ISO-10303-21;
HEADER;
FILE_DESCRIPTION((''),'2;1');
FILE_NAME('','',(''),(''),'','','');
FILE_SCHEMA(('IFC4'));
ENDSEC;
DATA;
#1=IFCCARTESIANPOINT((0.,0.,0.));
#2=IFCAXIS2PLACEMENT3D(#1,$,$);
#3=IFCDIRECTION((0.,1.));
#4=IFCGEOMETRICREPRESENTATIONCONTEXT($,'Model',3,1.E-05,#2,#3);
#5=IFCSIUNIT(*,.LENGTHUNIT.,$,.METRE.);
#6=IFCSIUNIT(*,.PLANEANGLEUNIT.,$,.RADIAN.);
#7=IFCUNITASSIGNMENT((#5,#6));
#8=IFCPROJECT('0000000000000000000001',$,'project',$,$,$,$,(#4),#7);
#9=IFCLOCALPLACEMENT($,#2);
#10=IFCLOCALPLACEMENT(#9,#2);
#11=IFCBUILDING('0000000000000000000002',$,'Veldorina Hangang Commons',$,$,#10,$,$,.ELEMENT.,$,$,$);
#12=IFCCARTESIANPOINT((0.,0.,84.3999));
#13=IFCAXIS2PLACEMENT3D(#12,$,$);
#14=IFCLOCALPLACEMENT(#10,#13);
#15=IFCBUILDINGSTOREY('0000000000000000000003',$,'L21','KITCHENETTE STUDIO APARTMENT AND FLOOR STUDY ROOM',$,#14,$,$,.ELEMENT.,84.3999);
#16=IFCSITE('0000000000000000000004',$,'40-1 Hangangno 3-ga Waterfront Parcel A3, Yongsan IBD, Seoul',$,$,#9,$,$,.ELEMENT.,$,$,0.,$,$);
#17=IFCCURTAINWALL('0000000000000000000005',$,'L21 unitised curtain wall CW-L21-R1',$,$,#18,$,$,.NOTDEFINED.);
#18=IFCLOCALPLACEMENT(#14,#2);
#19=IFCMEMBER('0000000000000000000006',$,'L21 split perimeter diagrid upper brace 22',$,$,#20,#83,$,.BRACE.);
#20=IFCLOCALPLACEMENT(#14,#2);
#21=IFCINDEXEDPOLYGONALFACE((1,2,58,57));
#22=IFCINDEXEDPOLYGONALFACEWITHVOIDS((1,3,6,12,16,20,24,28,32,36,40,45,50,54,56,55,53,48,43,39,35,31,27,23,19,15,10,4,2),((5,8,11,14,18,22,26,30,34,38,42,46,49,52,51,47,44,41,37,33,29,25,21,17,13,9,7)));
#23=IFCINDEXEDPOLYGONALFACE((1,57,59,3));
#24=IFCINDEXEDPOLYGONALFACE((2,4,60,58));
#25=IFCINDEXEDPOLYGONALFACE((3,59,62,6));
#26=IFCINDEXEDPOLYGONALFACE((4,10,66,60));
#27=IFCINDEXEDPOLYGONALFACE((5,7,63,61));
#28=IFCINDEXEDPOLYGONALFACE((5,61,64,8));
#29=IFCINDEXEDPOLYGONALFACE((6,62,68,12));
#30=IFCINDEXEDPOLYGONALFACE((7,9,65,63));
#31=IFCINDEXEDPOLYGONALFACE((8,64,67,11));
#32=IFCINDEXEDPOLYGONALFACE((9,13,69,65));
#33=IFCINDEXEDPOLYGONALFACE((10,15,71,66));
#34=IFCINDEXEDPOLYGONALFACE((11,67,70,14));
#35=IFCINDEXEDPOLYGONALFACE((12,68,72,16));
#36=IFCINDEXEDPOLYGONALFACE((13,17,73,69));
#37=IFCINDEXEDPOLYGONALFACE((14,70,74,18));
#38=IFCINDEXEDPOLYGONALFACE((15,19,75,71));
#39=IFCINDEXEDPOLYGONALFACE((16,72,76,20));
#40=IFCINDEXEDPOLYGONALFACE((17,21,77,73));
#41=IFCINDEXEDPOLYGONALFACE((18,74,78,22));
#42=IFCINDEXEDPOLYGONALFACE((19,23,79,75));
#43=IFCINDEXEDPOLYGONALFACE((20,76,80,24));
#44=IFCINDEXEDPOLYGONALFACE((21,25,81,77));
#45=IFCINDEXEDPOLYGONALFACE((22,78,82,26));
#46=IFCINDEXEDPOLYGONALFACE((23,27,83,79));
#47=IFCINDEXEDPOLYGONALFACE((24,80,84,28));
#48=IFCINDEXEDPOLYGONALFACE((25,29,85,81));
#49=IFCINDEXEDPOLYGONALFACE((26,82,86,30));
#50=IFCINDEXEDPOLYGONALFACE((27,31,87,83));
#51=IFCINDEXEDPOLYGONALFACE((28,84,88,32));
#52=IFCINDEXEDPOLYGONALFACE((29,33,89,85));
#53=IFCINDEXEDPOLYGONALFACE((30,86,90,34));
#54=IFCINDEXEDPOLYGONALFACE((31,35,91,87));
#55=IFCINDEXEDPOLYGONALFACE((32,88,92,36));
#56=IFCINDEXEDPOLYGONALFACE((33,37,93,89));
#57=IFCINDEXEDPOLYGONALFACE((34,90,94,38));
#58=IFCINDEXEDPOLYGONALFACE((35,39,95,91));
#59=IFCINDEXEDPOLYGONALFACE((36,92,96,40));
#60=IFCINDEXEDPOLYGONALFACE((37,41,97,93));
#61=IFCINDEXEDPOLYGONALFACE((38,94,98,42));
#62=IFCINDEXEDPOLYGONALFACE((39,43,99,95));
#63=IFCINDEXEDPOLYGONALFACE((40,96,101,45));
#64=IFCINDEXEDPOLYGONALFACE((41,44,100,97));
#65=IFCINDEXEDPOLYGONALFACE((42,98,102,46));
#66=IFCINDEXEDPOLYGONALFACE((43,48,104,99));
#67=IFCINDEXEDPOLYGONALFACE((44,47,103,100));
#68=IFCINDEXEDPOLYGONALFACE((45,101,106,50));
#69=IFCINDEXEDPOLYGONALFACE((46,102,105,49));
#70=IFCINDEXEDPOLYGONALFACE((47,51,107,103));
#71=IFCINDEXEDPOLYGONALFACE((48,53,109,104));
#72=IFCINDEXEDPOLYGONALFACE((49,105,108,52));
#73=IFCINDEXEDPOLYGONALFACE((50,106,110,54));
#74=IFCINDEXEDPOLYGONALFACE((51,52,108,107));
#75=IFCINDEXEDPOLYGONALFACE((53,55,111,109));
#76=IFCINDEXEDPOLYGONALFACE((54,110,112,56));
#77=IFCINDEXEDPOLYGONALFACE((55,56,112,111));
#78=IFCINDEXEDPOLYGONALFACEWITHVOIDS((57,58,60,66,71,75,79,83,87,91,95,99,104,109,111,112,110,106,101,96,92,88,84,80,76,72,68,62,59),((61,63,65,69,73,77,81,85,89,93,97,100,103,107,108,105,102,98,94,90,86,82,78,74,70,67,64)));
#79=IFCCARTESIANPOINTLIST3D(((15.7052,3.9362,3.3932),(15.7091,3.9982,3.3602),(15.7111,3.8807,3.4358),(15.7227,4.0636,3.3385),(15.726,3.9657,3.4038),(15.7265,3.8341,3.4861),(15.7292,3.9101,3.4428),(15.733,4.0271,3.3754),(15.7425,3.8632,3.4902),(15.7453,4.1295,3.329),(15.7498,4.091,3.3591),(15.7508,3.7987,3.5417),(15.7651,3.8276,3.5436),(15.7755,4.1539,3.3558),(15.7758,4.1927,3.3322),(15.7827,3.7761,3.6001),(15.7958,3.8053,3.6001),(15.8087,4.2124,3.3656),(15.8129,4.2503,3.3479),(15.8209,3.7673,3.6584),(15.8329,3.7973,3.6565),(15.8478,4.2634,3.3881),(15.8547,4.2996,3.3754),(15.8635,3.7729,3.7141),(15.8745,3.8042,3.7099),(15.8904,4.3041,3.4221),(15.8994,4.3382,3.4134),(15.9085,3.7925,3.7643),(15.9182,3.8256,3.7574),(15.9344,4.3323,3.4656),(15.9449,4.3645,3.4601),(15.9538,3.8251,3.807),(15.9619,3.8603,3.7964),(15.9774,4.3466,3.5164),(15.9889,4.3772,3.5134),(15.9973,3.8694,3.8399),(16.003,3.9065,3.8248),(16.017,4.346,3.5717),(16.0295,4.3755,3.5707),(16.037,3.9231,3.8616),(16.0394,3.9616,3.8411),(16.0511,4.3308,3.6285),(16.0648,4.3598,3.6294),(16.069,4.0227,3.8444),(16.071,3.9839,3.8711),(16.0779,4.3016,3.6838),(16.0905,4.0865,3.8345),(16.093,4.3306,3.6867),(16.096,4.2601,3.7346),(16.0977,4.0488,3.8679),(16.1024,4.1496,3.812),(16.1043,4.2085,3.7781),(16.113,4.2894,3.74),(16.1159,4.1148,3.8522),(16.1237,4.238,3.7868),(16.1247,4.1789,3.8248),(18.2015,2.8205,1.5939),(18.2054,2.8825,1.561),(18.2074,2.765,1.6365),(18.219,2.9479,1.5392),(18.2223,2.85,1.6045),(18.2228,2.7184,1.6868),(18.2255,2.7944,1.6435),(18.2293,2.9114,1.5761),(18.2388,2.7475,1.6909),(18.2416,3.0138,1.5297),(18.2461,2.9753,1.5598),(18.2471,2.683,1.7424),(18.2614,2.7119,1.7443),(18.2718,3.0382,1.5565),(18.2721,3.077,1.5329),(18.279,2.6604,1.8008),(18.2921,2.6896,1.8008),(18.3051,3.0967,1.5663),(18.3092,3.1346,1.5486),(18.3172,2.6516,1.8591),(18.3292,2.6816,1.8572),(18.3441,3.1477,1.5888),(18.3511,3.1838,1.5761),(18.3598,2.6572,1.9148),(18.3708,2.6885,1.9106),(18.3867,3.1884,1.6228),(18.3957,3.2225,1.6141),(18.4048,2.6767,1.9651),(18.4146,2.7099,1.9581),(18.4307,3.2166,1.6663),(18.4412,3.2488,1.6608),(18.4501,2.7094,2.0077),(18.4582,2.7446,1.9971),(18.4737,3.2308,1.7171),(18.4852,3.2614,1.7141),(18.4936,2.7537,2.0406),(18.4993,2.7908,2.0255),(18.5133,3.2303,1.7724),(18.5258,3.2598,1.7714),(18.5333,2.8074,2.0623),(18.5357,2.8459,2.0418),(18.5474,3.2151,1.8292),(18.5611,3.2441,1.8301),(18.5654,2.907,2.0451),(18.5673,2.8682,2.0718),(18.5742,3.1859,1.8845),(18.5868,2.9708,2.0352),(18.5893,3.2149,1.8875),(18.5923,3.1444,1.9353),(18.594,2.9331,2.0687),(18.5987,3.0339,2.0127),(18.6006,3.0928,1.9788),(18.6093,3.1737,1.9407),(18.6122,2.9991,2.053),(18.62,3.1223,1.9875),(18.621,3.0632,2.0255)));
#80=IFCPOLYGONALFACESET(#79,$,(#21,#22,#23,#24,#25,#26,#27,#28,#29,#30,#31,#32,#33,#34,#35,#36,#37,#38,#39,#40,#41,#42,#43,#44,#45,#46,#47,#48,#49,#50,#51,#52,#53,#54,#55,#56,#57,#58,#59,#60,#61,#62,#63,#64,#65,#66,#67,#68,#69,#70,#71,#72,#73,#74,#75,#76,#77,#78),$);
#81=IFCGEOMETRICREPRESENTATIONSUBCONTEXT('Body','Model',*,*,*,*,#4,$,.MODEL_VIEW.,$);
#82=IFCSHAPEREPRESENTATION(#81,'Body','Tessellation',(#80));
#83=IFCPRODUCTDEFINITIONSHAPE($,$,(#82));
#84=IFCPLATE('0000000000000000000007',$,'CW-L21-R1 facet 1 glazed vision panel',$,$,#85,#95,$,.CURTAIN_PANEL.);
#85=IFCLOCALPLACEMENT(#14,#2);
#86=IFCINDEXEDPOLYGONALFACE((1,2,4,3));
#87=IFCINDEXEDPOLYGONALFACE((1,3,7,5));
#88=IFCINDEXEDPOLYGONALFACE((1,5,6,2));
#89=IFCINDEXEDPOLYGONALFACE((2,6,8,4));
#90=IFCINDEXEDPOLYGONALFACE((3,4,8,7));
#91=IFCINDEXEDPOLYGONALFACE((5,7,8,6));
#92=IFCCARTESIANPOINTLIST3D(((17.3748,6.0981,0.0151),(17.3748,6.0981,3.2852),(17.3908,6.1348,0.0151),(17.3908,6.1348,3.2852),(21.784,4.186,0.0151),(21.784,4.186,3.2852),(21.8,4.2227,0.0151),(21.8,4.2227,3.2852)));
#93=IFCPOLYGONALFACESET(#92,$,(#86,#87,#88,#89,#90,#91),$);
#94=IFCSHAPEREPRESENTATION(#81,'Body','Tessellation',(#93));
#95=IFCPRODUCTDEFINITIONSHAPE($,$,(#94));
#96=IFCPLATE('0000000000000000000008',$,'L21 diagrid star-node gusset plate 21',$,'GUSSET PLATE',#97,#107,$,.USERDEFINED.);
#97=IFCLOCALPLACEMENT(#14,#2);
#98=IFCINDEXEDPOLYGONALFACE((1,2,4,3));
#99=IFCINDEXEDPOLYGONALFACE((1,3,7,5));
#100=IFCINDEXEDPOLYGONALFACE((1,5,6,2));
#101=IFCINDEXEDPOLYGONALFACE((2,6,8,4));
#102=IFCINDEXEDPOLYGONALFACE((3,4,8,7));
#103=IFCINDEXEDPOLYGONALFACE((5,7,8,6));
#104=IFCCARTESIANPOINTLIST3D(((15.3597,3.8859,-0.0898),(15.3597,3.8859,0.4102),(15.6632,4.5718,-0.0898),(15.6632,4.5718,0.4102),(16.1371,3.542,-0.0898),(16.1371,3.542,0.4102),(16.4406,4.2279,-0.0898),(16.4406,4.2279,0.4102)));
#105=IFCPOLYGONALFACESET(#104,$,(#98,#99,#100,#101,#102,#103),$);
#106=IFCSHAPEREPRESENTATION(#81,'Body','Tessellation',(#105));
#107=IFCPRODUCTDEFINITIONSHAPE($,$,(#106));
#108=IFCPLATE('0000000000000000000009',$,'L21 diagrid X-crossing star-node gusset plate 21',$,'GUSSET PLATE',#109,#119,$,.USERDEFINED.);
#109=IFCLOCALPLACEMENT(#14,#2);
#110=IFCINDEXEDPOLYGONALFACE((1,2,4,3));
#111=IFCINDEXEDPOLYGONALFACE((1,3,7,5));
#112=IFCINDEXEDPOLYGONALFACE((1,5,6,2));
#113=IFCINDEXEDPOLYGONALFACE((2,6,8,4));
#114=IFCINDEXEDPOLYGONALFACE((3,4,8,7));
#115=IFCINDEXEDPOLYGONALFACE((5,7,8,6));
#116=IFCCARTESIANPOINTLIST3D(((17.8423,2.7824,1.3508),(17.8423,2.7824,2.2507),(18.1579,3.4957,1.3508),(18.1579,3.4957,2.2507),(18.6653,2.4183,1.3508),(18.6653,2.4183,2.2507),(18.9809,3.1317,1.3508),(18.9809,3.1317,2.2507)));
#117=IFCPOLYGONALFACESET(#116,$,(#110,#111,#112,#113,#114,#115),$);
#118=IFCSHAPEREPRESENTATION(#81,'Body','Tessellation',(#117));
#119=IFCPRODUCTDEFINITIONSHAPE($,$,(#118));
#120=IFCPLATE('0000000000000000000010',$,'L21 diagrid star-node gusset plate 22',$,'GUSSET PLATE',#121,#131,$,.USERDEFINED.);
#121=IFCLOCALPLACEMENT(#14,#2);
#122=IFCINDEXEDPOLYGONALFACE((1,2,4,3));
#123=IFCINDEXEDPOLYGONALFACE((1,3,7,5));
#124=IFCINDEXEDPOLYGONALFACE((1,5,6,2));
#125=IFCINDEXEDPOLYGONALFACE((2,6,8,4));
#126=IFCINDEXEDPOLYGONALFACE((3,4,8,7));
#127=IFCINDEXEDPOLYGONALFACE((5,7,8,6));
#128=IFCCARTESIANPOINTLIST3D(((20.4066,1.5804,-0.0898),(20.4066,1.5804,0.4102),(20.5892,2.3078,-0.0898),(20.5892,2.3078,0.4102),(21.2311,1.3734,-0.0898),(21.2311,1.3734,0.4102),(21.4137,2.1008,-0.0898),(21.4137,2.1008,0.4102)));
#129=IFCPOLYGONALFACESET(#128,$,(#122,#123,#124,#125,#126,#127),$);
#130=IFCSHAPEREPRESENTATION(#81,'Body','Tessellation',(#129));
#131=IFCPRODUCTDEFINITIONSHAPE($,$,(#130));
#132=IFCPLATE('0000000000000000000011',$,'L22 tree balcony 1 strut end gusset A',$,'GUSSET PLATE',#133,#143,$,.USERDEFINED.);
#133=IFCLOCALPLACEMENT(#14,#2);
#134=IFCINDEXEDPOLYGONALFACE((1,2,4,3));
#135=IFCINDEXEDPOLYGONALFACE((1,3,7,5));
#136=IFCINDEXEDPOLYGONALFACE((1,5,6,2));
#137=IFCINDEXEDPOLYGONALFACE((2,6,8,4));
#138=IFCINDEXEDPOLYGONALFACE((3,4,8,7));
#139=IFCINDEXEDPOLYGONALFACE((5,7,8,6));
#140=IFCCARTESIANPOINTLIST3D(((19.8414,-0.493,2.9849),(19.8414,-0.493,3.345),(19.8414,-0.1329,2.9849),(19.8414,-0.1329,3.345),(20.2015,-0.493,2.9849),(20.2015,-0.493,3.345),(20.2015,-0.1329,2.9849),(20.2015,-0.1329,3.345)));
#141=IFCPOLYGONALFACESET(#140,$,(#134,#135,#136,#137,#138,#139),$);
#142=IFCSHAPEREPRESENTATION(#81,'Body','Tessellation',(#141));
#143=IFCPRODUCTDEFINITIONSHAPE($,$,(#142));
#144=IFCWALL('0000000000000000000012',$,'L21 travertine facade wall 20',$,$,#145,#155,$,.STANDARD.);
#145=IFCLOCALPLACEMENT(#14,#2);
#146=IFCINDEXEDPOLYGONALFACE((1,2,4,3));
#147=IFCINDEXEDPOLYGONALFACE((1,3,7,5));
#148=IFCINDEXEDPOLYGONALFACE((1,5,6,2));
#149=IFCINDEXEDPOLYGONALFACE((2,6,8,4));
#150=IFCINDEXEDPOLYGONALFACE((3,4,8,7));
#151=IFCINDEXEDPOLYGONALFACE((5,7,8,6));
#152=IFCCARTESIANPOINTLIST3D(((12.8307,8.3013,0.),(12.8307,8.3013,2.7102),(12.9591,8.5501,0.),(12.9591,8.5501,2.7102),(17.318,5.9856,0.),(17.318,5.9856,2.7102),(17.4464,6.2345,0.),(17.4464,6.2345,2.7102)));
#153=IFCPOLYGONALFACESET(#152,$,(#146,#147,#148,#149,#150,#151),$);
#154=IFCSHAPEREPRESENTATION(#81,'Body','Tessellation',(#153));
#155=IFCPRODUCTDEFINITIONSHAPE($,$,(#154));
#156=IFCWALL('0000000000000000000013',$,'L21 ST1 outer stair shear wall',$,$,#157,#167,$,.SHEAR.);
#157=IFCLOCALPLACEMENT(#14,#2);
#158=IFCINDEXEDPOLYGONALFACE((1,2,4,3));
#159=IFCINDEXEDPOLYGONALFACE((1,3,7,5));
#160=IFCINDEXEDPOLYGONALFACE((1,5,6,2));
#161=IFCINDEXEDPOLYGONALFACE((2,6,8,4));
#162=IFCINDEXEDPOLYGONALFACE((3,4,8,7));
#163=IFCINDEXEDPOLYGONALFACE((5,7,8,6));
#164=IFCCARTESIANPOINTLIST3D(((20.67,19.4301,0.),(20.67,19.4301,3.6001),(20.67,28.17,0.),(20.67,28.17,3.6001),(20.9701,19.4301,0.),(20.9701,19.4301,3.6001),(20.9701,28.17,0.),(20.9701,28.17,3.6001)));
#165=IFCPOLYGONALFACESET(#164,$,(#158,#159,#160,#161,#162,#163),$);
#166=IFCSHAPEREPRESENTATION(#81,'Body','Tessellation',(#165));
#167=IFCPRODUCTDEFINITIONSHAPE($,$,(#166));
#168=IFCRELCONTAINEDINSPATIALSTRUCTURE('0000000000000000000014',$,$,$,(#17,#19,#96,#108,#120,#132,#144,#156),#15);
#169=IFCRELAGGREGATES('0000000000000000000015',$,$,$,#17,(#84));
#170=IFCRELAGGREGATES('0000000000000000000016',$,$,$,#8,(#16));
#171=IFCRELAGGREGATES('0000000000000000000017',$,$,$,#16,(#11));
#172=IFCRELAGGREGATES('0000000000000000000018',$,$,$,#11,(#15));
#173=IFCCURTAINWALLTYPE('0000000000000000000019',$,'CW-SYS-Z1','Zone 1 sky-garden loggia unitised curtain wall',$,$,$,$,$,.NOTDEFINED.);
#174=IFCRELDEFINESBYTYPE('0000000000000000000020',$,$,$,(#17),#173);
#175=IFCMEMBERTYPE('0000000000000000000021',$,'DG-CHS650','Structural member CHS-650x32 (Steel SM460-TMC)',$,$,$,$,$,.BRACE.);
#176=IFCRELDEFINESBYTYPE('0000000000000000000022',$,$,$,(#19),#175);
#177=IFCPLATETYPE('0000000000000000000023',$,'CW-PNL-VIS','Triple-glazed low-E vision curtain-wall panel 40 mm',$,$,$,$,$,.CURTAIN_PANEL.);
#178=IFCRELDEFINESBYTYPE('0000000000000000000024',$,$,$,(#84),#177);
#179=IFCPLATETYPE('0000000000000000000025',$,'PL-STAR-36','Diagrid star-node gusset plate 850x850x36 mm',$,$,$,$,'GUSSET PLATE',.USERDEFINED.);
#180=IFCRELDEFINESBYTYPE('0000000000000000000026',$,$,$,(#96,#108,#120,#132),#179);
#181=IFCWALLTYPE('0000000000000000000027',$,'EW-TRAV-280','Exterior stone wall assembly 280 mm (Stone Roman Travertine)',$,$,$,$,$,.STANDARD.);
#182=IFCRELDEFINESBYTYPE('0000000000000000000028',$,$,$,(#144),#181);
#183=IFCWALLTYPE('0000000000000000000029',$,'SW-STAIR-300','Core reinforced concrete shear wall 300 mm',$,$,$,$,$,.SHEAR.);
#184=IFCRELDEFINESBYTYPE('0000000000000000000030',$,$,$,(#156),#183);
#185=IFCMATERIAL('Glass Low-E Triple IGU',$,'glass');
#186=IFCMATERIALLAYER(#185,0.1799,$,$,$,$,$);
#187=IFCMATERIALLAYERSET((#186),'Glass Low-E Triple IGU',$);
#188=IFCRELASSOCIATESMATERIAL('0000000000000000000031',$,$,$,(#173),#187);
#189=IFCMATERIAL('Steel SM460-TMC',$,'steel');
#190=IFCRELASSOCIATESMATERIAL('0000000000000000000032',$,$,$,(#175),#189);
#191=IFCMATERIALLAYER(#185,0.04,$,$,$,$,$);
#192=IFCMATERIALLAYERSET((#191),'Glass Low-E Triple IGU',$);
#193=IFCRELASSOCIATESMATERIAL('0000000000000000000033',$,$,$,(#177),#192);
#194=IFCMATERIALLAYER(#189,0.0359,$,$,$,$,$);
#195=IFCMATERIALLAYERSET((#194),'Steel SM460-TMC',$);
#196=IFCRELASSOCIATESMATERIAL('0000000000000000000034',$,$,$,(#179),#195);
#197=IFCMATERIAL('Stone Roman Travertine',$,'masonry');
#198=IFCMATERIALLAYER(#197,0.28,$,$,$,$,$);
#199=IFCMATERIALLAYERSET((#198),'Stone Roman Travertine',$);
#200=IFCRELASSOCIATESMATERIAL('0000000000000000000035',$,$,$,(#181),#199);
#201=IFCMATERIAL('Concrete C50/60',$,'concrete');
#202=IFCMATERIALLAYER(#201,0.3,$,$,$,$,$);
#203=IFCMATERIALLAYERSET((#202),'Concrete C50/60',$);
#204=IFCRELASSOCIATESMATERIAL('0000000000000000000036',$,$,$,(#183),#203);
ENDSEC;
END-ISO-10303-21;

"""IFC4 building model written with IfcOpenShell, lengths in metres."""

from ifc_helpers import new_model, si_unit, direction, frame, frame_2d, origin, origin_2d, place, context, subcontext, project, spatial, rectangle, hollow_circle, extrude, material, layer, layer_set, material_profile, profile_set, type_object, element, aggregate, save


model = new_model("IFC4")

# Units and contexts
model_context = context("Model", 3, precision=1e-05, world=origin(), true_north=direction((0.0, 1.0)))
body_context = subcontext(model_context, "Body", "Model", "MODEL_VIEW")
ifc_project = project(units=[si_unit("LENGTHUNIT", "METRE"), si_unit("PLANEANGLEUNIT", "RADIAN")], contexts=[model_context])

# Site, building, storey
site_placement = place(None, origin())
site = spatial("IfcSite", under=ifc_project, at=site_placement, Name="40-1 Hangangno 3-ga Waterfront Parcel A3, Yongsan IBD, Seoul", CompositionType="ELEMENT", RefElevation=0.0)
building_placement = place(site_placement, origin())
building = spatial("IfcBuilding", under=site, at=building_placement, Name="Veldorina Hangang Commons", CompositionType="ELEMENT")
storey_placement = place(building_placement, frame((0.0, 0.0, 84.3999)))
storey = spatial("IfcBuildingStorey", under=building, at=storey_placement, Name="L21", Description="KITCHENETTE STUDIO APARTMENT AND FLOOR STUDY ROOM", CompositionType="ELEMENT", Elevation=84.3999)

# Curtain wall
ifc_material_1 = material(Name="Glass Low-E Triple IGU", Category="glass")
ifc_layer_1 = layer(ifc_material_1, 0.1799)
ifc_layer_set_1 = layer_set([ifc_layer_1], Name="Glass Low-E Triple IGU")
curtain_wall_type = type_object("IfcCurtainWallType", Name="CW-SYS-Z1", Description="Zone 1 sky-garden loggia unitised curtain wall", PredefinedType="NOTDEFINED", material=ifc_layer_set_1)
curtain_wall_placement = place(storey_placement, origin())
curtain_wall = element("IfcCurtainWall", 1, at=curtain_wall_placement, inside=storey, type_object=curtain_wall_type, Name="L21 unitised curtain wall CW-L21-R1", PredefinedType="NOTDEFINED")

# Member
ifc_material_2 = material(Name="Steel SM460-TMC", Category="steel")
ifc_material_profile_1 = material_profile(ifc_material_2, hollow_circle(Radius=0.325, WallThickness=0.032, at=origin_2d()), Name="CHS-650x32")
ifc_profile_set_1 = profile_set([ifc_material_profile_1], Name="Steel SM460-TMC")
member_type_1 = type_object("IfcMemberType", Name="DG-CHS650", Description="Structural member CHS-650x32 (Steel SM460-TMC)", PredefinedType="BRACE", material=ifc_profile_set_1)
member_1_placement = place(storey_placement, frame((18.4116, 2.957, 1.8008), z_axis=(-0.762651, 0.340862, 0.549706), x_axis=(-0.408043, -0.912963, 0.0)))
element("IfcMember", 2, at=member_1_placement, inside=storey, type_object=member_type_1, Name="L21 split perimeter diagrid upper brace 22", PredefinedType="BRACE", context=body_context, shape_type="SweptSolid", body=[
    extrude(hollow_circle(Radius=0.325, WallThickness=0.032, at=origin_2d()), origin(), (0.0, 0.0, 1.0), 3.2732),
])

# Plate
ifc_layer_2 = layer(ifc_material_1, 0.04)
ifc_layer_set_2 = layer_set([ifc_layer_2], Name="Glass Low-E Triple IGU")
plate_type_1 = type_object("IfcPlateType", Name="CW-PNL-VIS", Description="Triple-glazed low-E vision curtain-wall panel 40 mm", PredefinedType="CURTAIN_PANEL", material=ifc_layer_set_2)
plate_1_placement = place(storey_placement, frame((19.5874, 5.1604, 0.0151), z_axis=(0.0, 0.0, 1.0), x_axis=(0.917449, -0.397853, 0.0)))
plate_1 = element("IfcPlate", 3, at=plate_1_placement, type_object=plate_type_1, Name="CW-L21-R1 facet 1 glazed vision panel", PredefinedType="CURTAIN_PANEL", context=body_context, shape_type="SweptSolid", body=[
    extrude(rectangle(XDim=4.8059, YDim=0.04, at=origin_2d()), origin(), (0.0, 0.0, 1.0), 3.27),
])
aggregate(curtain_wall, [plate_1])

# Plates
ifc_layer_3 = layer(ifc_material_2, 0.0359)
ifc_layer_set_3 = layer_set([ifc_layer_3], Name="Steel SM460-TMC")
plate_type_2 = type_object("IfcPlateType", Name="PL-STAR-36", Description="Diagrid star-node gusset plate 850x850x36 mm", ElementType="GUSSET PLATE", PredefinedType="USERDEFINED", material=ifc_layer_set_3)
plate_2_placement = place(storey_placement, frame((15.9001, 4.0569, -0.0898), z_axis=(0.0, 0.0, 1.0), x_axis=(0.914501, -0.404583, 0.0)))
element("IfcPlate", 4, at=plate_2_placement, inside=storey, type_object=plate_type_2, Name="L21 diagrid star-node gusset plate 21", ObjectType="GUSSET PLATE", PredefinedType="USERDEFINED", context=body_context, shape_type="SweptSolid", body=[
    extrude(rectangle(XDim=0.8501, YDim=0.75, at=origin_2d()), origin(), (0.0, 0.0, 1.0), 0.5),
])
plate_3_placement = place(storey_placement, frame((18.4116, 2.957, 1.3508), z_axis=(0.0, 0.0, 1.0), x_axis=(0.914501, -0.404583, 0.0)))
element("IfcPlate", 5, at=plate_3_placement, inside=storey, type_object=plate_type_2, Name="L21 diagrid X-crossing star-node gusset plate 21", ObjectType="GUSSET PLATE", PredefinedType="USERDEFINED", context=body_context, shape_type="SweptSolid", body=[
    extrude(rectangle(XDim=0.8999, YDim=0.78, at=origin_2d()), origin(), (0.0, 0.0, 1.0), 0.8999),
])
plate_4_placement = place(storey_placement, frame((20.9102, 1.8406, -0.0898), z_axis=(0.0, 0.0, 1.0), x_axis=(0.969898, -0.243513, 0.0)))
element("IfcPlate", 6, at=plate_4_placement, inside=storey, type_object=plate_type_2, Name="L21 diagrid star-node gusset plate 22", ObjectType="GUSSET PLATE", PredefinedType="USERDEFINED", context=body_context, shape_type="SweptSolid", body=[
    extrude(rectangle(XDim=0.8501, YDim=0.75, at=origin_2d()), origin(), (0.0, 0.0, 1.0), 0.5),
])
plate_5_placement = place(storey_placement, frame((20.0215, -0.313, 2.9849), z_axis=(0.0, 0.0, 1.0), x_axis=(1.0, 0.0, 0.0)))
element("IfcPlate", 7, at=plate_5_placement, inside=storey, type_object=plate_type_2, Name="L22 tree balcony 1 strut end gusset A", ObjectType="GUSSET PLATE", PredefinedType="USERDEFINED", context=body_context, shape_type="SweptSolid", body=[
    extrude(rectangle(XDim=0.3601, YDim=0.3601, at=origin_2d()), origin(), (0.0, 0.0, 1.0), 0.3601),
])

# Walls
ifc_material_3 = material(Name="Stone Roman Travertine", Category="masonry")
ifc_layer_4 = layer(ifc_material_3, 0.28)
ifc_layer_set_4 = layer_set([ifc_layer_4], Name="Stone Roman Travertine")
wall_type_1 = type_object("IfcWallType", Name="EW-TRAV-280", Description="Exterior stone wall assembly 280 mm (Stone Roman Travertine)", PredefinedType="STANDARD", material=ifc_layer_set_4)
wall_1_placement = place(storey_placement, frame((12.8948, 8.4258, 0.0), z_axis=(0.0, 0.0, 1.0), x_axis=(0.888649, -0.458587, 0.0)))
element("IfcWall", 8, at=wall_1_placement, inside=storey, type_object=wall_type_1, Name="L21 travertine facade wall 20", PredefinedType="STANDARD", context=body_context, shape_type="SweptSolid", body=[
    extrude(rectangle(XDim=5.0496, YDim=0.28, at=frame_2d((2.5249, 0.0))), origin(), (0.0, 0.0, 1.0), 2.7102),
])
ifc_material_4 = material(Name="Concrete C50/60", Category="concrete")
ifc_layer_5 = layer(ifc_material_4, 0.3)
ifc_layer_set_5 = layer_set([ifc_layer_5], Name="Concrete C50/60")
wall_type_2 = type_object("IfcWallType", Name="SW-STAIR-300", Description="Core reinforced concrete shear wall 300 mm", PredefinedType="SHEAR", material=ifc_layer_set_5)
wall_2_placement = place(storey_placement, frame((20.8201, 19.4299, 0.0), z_axis=(0.0, 0.0, 1.0), x_axis=(0.0, 1.0, 0.0)))
element("IfcWall", 9, at=wall_2_placement, inside=storey, type_object=wall_type_2, Name="L21 ST1 outer stair shear wall", PredefinedType="SHEAR", context=body_context, shape_type="SweptSolid", body=[
    extrude(rectangle(XDim=8.74, YDim=0.3, at=frame_2d((4.3701, 0.0))), origin(), (0.0, 0.0, 1.0), 3.6001),
])

save(model, "model.ifc")
